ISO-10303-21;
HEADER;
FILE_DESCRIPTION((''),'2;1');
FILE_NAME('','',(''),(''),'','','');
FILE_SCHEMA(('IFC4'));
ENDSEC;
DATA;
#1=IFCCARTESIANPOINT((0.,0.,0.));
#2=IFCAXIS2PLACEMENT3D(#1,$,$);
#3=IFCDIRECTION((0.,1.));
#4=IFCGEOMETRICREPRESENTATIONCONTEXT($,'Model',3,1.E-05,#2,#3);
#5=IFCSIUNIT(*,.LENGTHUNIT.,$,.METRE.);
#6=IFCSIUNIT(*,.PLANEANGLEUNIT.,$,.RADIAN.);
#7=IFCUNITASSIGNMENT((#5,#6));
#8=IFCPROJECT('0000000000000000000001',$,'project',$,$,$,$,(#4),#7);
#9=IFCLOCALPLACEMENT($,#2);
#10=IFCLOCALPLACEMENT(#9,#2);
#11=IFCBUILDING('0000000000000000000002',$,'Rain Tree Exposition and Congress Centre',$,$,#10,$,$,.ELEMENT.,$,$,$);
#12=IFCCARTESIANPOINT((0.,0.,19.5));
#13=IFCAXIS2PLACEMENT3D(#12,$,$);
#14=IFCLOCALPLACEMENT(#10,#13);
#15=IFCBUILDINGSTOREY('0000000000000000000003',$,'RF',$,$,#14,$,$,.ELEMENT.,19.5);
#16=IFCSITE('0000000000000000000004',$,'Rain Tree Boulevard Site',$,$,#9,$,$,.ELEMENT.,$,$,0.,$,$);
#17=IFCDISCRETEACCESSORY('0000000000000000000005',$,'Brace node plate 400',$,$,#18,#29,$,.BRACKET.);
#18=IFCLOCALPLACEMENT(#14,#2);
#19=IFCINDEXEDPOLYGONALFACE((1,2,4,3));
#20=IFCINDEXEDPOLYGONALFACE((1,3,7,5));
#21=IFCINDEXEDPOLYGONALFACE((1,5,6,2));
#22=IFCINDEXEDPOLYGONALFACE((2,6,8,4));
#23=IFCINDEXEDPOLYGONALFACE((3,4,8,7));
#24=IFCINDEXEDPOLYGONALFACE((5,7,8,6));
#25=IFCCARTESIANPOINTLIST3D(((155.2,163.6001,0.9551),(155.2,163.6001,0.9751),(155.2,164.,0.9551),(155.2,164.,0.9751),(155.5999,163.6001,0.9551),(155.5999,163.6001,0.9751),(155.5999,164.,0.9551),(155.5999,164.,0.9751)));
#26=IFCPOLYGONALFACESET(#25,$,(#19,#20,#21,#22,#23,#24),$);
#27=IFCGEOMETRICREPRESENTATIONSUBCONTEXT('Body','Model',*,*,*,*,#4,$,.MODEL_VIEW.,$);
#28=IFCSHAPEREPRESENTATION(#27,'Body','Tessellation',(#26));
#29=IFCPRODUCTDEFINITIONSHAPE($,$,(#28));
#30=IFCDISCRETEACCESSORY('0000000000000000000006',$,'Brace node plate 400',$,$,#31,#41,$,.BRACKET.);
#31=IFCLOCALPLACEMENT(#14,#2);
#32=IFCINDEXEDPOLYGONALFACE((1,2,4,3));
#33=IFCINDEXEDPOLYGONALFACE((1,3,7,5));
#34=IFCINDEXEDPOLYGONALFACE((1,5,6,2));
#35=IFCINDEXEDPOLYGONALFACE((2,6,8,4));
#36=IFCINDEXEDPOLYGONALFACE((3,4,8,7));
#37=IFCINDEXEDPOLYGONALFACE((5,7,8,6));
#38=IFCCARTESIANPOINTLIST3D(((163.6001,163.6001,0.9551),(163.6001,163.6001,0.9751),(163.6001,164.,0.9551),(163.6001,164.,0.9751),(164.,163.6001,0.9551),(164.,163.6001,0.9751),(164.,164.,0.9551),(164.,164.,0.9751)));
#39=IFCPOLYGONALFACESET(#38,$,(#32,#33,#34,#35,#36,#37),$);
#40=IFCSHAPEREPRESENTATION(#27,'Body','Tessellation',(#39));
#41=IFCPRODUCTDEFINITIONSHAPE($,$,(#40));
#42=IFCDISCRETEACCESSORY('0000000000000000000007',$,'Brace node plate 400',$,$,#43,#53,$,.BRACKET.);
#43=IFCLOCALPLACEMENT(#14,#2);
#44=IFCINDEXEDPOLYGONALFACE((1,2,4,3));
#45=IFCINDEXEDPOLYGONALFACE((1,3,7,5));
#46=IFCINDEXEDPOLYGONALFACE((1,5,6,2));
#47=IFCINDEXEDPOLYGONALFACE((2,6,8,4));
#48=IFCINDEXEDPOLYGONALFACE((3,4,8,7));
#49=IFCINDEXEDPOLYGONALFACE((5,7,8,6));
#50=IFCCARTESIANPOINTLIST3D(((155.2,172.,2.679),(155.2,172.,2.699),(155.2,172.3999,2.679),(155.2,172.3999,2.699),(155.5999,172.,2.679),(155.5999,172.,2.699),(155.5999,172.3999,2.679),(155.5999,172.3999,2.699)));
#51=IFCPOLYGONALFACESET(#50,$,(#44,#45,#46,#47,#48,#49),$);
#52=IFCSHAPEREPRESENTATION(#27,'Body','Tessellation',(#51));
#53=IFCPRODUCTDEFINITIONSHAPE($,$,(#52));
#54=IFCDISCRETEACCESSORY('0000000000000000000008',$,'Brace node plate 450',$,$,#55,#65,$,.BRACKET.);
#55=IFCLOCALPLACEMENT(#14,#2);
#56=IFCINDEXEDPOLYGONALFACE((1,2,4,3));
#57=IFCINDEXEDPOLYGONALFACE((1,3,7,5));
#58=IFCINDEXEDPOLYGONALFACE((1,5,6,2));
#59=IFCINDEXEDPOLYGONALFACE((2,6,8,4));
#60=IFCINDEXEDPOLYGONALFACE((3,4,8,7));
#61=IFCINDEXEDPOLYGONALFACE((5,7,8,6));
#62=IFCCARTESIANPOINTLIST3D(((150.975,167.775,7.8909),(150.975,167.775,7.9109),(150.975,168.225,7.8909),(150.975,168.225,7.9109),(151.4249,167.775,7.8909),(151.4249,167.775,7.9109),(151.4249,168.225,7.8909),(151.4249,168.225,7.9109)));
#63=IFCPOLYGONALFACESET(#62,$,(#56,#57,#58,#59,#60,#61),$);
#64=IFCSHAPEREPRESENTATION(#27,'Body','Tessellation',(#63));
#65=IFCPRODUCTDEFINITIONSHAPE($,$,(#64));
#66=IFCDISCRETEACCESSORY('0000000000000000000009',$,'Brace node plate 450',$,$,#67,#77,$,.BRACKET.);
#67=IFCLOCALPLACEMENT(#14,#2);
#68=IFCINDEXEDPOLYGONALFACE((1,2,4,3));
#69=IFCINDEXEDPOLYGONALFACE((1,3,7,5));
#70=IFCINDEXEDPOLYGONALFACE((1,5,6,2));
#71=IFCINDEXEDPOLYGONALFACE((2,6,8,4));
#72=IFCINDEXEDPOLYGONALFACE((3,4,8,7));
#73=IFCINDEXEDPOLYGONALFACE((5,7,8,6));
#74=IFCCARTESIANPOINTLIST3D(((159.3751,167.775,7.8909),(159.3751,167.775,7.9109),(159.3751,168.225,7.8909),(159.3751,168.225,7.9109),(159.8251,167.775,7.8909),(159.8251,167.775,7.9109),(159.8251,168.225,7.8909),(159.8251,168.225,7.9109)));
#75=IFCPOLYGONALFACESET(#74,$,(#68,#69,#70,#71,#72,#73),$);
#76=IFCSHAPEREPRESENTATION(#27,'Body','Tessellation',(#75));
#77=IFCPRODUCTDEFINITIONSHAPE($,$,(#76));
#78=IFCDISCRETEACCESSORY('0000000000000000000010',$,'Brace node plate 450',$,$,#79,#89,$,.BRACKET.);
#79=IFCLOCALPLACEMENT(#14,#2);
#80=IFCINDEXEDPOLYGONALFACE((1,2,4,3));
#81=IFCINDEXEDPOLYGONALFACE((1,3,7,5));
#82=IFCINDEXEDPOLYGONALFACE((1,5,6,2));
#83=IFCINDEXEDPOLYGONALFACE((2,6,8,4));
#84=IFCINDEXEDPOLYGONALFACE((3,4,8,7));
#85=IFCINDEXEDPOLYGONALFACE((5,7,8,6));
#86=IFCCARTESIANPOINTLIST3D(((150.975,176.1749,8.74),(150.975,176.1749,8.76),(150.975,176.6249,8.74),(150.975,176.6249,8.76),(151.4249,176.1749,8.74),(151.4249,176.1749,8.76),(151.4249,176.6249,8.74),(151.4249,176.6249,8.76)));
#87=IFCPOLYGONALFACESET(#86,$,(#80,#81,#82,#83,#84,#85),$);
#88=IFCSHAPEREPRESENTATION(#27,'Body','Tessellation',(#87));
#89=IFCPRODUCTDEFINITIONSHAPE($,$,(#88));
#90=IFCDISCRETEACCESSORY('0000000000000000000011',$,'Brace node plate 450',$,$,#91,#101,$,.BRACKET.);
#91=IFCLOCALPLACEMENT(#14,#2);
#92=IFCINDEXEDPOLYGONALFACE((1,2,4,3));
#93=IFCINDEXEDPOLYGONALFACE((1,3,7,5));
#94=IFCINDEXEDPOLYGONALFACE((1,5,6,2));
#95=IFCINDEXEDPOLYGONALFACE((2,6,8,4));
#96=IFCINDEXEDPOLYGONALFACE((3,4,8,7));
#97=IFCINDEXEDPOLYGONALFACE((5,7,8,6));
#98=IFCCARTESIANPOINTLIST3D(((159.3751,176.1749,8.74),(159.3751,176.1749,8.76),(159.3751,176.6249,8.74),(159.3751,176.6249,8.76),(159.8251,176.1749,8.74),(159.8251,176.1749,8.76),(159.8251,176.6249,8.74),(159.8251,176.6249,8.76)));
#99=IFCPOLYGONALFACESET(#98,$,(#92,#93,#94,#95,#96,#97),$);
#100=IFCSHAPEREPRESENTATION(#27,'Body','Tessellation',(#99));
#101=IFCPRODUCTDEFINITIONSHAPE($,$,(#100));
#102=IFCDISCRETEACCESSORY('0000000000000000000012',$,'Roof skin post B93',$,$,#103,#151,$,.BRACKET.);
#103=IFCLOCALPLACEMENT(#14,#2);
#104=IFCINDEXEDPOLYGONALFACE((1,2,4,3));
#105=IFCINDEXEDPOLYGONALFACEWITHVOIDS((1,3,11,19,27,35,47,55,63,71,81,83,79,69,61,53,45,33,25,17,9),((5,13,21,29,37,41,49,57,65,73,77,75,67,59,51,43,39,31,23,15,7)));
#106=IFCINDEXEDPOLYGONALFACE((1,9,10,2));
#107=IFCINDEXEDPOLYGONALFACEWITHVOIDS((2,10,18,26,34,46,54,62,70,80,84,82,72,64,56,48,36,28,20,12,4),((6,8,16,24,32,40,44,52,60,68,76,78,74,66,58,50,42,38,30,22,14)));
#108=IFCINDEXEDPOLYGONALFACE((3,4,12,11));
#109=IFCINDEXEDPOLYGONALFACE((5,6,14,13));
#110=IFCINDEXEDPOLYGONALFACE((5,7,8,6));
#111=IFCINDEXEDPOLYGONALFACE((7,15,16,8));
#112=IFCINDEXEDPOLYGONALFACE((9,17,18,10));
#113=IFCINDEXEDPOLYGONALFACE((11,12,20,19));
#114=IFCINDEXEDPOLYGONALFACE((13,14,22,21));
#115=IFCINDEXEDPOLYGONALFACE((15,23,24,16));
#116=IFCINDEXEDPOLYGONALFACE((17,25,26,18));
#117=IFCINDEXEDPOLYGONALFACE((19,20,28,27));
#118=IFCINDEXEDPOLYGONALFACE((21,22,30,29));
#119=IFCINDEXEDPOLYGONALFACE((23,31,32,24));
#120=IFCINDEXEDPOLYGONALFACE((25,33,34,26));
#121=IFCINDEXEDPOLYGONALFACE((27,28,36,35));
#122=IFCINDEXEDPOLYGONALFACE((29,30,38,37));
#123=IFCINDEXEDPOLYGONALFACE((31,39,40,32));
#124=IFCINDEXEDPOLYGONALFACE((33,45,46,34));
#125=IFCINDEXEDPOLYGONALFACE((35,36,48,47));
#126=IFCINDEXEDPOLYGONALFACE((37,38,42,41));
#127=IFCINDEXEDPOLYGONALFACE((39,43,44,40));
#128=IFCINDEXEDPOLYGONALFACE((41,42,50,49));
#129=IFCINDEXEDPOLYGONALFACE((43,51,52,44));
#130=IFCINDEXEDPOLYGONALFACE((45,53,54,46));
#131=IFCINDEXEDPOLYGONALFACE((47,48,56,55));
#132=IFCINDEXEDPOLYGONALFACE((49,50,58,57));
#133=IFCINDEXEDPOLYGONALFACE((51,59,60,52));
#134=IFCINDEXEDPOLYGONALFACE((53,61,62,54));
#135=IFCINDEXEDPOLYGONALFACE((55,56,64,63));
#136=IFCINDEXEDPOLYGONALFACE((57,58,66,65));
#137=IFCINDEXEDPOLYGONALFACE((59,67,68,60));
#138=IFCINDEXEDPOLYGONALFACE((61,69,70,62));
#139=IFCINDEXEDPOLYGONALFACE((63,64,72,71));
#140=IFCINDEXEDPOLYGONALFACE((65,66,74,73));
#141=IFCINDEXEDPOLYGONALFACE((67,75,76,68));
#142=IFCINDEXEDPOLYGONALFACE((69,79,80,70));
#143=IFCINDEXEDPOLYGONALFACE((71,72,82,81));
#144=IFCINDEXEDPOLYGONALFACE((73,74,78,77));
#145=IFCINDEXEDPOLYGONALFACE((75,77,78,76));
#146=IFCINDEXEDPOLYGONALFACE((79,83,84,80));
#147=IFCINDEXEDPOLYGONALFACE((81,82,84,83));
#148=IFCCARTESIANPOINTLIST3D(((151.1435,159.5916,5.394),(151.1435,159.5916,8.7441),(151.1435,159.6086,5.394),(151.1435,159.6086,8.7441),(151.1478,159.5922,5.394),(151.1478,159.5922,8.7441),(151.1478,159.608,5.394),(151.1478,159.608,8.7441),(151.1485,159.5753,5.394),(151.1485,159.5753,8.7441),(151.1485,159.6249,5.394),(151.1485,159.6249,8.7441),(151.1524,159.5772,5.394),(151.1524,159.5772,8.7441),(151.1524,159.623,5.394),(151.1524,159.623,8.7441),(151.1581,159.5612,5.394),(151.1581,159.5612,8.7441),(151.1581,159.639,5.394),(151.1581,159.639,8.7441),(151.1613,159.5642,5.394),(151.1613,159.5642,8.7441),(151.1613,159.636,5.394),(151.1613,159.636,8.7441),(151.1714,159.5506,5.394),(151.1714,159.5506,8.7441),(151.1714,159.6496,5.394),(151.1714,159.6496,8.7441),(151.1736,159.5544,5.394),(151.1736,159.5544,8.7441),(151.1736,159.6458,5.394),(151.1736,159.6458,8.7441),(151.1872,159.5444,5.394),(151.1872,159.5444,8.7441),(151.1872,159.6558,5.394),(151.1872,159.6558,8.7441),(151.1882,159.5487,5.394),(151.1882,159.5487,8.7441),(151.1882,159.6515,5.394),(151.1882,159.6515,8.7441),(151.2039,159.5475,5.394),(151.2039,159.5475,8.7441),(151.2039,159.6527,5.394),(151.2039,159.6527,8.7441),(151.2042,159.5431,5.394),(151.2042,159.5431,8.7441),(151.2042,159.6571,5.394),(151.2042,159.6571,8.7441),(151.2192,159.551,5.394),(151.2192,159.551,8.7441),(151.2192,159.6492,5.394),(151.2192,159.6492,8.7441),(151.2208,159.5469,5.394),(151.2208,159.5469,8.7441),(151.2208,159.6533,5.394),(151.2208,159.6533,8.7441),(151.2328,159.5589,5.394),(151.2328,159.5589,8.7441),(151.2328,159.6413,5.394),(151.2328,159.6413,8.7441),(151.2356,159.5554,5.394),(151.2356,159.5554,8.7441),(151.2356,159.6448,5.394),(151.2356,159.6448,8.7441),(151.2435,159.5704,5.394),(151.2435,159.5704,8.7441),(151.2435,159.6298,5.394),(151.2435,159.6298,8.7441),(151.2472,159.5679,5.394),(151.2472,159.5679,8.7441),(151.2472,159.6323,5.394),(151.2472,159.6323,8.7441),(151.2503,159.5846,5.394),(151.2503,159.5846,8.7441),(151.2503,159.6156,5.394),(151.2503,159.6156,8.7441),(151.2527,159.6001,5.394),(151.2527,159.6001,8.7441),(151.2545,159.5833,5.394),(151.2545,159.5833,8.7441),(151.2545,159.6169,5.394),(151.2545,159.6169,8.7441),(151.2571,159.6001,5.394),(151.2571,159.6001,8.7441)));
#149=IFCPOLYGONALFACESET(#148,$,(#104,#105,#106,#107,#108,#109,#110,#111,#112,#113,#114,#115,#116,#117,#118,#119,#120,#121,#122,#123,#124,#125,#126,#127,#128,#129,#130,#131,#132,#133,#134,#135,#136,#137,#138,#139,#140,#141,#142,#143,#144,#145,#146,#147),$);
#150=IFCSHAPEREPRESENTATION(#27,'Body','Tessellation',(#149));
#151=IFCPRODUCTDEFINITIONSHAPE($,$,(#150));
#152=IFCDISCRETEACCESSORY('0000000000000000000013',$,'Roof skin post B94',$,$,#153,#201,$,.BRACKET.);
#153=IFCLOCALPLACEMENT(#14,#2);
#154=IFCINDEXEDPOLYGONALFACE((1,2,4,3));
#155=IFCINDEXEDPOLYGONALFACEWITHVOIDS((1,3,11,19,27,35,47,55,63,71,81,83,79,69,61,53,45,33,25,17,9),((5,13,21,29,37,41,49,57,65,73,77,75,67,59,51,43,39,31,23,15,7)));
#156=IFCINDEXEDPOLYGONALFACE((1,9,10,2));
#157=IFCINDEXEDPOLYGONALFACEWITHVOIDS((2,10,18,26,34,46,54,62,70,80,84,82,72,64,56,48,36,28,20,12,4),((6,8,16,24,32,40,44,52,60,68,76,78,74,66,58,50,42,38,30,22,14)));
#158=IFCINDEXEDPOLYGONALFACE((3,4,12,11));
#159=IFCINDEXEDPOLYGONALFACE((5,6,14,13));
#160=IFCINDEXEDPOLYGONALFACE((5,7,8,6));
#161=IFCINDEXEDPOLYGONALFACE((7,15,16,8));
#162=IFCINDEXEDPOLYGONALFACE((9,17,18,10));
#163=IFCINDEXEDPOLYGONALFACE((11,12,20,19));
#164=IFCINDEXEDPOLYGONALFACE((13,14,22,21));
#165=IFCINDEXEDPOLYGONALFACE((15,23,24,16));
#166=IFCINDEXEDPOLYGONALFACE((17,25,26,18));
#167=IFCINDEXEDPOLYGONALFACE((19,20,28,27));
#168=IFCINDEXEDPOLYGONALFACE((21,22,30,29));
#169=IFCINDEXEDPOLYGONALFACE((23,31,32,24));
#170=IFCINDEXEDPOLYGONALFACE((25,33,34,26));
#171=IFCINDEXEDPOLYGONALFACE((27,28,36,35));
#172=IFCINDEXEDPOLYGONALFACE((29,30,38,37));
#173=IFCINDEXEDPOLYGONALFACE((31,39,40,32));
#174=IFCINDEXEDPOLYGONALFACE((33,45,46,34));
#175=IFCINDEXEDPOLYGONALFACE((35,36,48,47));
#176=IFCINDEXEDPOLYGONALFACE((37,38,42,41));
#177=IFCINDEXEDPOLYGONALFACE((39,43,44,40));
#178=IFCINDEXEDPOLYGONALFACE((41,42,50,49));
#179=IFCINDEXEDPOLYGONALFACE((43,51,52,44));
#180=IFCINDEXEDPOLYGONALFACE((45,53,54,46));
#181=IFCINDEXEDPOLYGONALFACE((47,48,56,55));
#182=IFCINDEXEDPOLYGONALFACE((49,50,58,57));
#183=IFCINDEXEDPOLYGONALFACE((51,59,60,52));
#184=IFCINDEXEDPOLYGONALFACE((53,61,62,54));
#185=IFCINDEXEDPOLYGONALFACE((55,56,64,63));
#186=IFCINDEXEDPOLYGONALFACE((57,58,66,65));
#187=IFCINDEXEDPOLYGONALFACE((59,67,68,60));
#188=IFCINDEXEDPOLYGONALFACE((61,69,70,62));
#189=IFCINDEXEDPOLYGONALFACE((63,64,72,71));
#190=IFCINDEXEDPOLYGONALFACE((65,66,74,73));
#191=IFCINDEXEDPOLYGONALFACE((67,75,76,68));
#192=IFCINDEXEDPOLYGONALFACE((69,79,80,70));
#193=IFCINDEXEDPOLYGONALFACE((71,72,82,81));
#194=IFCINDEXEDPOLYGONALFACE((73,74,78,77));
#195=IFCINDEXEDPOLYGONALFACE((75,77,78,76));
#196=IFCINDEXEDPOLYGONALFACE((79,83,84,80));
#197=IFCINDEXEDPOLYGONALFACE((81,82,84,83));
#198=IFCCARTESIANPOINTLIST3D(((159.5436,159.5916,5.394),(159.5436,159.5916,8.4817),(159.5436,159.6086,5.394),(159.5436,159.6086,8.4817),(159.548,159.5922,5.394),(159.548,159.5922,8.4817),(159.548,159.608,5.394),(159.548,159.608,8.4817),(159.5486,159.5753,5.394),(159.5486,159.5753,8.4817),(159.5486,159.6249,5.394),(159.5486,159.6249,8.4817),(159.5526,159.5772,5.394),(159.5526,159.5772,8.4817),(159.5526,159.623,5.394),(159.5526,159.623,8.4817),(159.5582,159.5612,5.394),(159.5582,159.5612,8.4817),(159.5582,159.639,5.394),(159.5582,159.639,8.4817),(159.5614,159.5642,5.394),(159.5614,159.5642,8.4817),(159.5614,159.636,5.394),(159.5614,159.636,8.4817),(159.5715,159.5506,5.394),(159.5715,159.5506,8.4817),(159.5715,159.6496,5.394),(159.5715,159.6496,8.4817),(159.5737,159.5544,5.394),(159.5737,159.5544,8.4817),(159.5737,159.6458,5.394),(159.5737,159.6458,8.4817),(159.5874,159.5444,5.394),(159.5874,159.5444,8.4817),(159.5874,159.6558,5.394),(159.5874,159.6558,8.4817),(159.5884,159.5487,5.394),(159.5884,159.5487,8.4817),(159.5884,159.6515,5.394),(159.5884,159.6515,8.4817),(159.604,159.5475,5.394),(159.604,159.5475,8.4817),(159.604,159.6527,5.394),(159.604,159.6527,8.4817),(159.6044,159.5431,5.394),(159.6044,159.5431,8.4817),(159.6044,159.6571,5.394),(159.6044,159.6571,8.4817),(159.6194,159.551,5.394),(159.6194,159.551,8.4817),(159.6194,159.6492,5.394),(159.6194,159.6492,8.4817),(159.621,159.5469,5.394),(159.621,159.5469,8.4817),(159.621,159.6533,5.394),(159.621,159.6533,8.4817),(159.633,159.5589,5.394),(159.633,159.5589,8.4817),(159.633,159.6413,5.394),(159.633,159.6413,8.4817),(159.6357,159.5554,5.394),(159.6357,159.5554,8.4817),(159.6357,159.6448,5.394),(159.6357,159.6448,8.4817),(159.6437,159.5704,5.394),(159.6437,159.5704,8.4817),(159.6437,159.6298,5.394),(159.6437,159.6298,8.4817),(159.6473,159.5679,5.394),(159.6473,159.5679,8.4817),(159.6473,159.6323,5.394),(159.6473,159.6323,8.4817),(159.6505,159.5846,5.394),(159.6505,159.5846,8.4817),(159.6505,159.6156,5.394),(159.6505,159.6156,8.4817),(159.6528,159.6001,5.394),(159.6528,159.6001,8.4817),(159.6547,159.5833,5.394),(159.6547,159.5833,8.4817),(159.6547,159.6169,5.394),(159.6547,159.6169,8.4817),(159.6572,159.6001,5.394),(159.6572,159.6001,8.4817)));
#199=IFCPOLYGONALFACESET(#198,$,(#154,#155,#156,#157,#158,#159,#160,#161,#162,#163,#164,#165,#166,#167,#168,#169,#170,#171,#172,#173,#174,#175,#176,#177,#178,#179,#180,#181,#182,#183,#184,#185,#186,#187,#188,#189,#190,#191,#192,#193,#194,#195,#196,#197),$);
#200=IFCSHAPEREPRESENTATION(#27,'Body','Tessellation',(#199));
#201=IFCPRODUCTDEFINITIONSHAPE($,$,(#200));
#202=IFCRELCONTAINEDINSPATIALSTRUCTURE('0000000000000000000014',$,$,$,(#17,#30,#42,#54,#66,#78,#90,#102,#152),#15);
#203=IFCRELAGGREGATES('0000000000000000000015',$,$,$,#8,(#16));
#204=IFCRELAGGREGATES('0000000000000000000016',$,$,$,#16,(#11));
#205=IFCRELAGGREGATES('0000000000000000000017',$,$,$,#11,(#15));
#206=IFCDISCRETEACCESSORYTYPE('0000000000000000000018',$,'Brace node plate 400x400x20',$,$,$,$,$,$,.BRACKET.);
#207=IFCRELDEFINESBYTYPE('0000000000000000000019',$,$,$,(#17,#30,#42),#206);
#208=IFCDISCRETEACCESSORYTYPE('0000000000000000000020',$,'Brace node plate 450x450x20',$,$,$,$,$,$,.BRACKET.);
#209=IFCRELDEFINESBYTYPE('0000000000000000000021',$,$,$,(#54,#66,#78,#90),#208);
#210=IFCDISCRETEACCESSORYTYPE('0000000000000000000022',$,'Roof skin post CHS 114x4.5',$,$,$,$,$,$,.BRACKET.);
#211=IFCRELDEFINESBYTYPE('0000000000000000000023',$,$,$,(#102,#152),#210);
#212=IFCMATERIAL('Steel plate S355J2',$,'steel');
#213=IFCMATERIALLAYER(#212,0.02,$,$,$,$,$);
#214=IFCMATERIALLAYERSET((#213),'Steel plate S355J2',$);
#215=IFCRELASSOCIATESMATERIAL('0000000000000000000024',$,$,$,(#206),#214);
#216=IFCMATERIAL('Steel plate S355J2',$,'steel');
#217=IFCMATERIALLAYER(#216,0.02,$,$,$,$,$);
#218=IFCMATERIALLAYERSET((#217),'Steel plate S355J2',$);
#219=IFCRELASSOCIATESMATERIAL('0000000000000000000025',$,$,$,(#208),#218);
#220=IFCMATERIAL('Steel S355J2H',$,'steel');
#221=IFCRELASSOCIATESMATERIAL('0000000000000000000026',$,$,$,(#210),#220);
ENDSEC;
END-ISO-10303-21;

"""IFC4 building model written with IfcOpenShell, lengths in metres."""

from ifc_helpers import new_model, si_unit, direction, frame, origin, origin_2d, place, context, subcontext, project, spatial, rectangle, hollow_circle, extrude, material, layer, layer_set, material_profile, profile_set, type_object, element, save


model = new_model("IFC4")

# Units and contexts
model_context = context("Model", 3, precision=1e-05, world=origin(), true_north=direction((0.0, 1.0)))
body_context = subcontext(model_context, "Body", "Model", "MODEL_VIEW")
ifc_project = project(units=[si_unit("LENGTHUNIT", "METRE"), si_unit("PLANEANGLEUNIT", "RADIAN")], contexts=[model_context])

# Site, building, storey
site_placement = place(None, origin())
site = spatial("IfcSite", under=ifc_project, at=site_placement, Name="Rain Tree Boulevard Site", CompositionType="ELEMENT", RefElevation=0.0)
building_placement = place(site_placement, origin())
building = spatial("IfcBuilding", under=site, at=building_placement, Name="Rain Tree Exposition and Congress Centre", CompositionType="ELEMENT")
storey_placement = place(building_placement, frame((0.0, 0.0, 19.5)))
storey = spatial("IfcBuildingStorey", under=building, at=storey_placement, Name="RF", CompositionType="ELEMENT", Elevation=19.5)

# Discrete accessories
ifc_material_1 = material(Name="Steel plate S355J2", Category="steel")
ifc_layer_1 = layer(ifc_material_1, 0.02)
ifc_layer_set_1 = layer_set([ifc_layer_1], Name="Steel plate S355J2")
discrete_accessory_type_1 = type_object("IfcDiscreteAccessoryType", Name="Brace node plate 400x400x20", PredefinedType="BRACKET", material=ifc_layer_set_1)
for number, where, z_axis, x_axis, name in (
    (1, (155.3999, 163.8, 0.9551), (0.0, 0.0, 1.0), (1.0, 0.0, 0.0), "Brace node plate 400"),
    (2, (163.8, 163.8, 0.9551), (0.0, 0.0, 1.0), (1.0, 0.0, 0.0), "Brace node plate 400"),
    (3, (155.3999, 172.2, 2.679), (0.0, 0.0, 1.0), (1.0, 0.0, 0.0), "Brace node plate 400"),
):
    element("IfcDiscreteAccessory", number, at=place(storey_placement, frame(where, z_axis=z_axis, x_axis=x_axis)), inside=storey, type_object=discrete_accessory_type_1, Name=name, PredefinedType="BRACKET", context=body_context, shape_type="SweptSolid", body=[
        extrude(rectangle(XDim=0.3999, YDim=0.3999, at=origin_2d()), origin(), (0.0, 0.0, 1.0), 0.02),
    ])
ifc_material_2 = material(Name="Steel plate S355J2", Category="steel")
ifc_layer_2 = layer(ifc_material_2, 0.02)
ifc_layer_set_2 = layer_set([ifc_layer_2], Name="Steel plate S355J2")
discrete_accessory_type_2 = type_object("IfcDiscreteAccessoryType", Name="Brace node plate 450x450x20", PredefinedType="BRACKET", material=ifc_layer_set_2)
for number, where, z_axis, x_axis, name in (
    (4, (151.2, 168.0, 7.8909), (0.0, 0.0, 1.0), (1.0, 0.0, 0.0), "Brace node plate 450"),
    (5, (159.6001, 168.0, 7.8909), (0.0, 0.0, 1.0), (1.0, 0.0, 0.0), "Brace node plate 450"),
    (6, (151.2, 176.3999, 8.74), (0.0, 0.0, 1.0), (1.0, 0.0, 0.0), "Brace node plate 450"),
    (7, (159.6001, 176.3999, 8.74), (0.0, 0.0, 1.0), (1.0, 0.0, 0.0), "Brace node plate 450"),
):
    element("IfcDiscreteAccessory", number, at=place(storey_placement, frame(where, z_axis=z_axis, x_axis=x_axis)), inside=storey, type_object=discrete_accessory_type_2, Name=name, PredefinedType="BRACKET", context=body_context, shape_type="SweptSolid", body=[
        extrude(rectangle(XDim=0.45, YDim=0.45, at=origin_2d()), origin(), (0.0, 0.0, 1.0), 0.02),
    ])
ifc_material_3 = material(Name="Steel S355J2H", Category="steel")
ifc_material_profile_1 = material_profile(ifc_material_3, hollow_circle(Radius=0.0571, WallThickness=0.0044, at=origin_2d()), Name="CHS 114x4.5")
ifc_profile_set_1 = profile_set([ifc_material_profile_1], Name="Steel S355J2H")
discrete_accessory_type_3 = type_object("IfcDiscreteAccessoryType", Name="Roof skin post CHS 114x4.5", PredefinedType="BRACKET", material=ifc_profile_set_1)
discrete_accessory_1_placement = place(storey_placement, frame((151.2, 159.6001, 5.394), z_axis=(0.0, 0.0, 1.0), x_axis=(1.0, 0.0, 0.0)))
element("IfcDiscreteAccessory", 8, at=discrete_accessory_1_placement, inside=storey, type_object=discrete_accessory_type_3, Name="Roof skin post B93", PredefinedType="BRACKET", context=body_context, shape_type="SweptSolid", body=[
    extrude(hollow_circle(Radius=0.0571, WallThickness=0.0044, at=origin_2d()), origin(), (0.0, 0.0, 1.0), 3.3501),
])
discrete_accessory_2_placement = place(storey_placement, frame((159.6001, 159.6001, 5.394), z_axis=(0.0, 0.0, 1.0), x_axis=(1.0, 0.0, 0.0)))
element("IfcDiscreteAccessory", 9, at=discrete_accessory_2_placement, inside=storey, type_object=discrete_accessory_type_3, Name="Roof skin post B94", PredefinedType="BRACKET", context=body_context, shape_type="SweptSolid", body=[
    extrude(hollow_circle(Radius=0.0571, WallThickness=0.0044, at=origin_2d()), origin(), (0.0, 0.0, 1.0), 3.0876),
])

save(model, "model.ifc")
